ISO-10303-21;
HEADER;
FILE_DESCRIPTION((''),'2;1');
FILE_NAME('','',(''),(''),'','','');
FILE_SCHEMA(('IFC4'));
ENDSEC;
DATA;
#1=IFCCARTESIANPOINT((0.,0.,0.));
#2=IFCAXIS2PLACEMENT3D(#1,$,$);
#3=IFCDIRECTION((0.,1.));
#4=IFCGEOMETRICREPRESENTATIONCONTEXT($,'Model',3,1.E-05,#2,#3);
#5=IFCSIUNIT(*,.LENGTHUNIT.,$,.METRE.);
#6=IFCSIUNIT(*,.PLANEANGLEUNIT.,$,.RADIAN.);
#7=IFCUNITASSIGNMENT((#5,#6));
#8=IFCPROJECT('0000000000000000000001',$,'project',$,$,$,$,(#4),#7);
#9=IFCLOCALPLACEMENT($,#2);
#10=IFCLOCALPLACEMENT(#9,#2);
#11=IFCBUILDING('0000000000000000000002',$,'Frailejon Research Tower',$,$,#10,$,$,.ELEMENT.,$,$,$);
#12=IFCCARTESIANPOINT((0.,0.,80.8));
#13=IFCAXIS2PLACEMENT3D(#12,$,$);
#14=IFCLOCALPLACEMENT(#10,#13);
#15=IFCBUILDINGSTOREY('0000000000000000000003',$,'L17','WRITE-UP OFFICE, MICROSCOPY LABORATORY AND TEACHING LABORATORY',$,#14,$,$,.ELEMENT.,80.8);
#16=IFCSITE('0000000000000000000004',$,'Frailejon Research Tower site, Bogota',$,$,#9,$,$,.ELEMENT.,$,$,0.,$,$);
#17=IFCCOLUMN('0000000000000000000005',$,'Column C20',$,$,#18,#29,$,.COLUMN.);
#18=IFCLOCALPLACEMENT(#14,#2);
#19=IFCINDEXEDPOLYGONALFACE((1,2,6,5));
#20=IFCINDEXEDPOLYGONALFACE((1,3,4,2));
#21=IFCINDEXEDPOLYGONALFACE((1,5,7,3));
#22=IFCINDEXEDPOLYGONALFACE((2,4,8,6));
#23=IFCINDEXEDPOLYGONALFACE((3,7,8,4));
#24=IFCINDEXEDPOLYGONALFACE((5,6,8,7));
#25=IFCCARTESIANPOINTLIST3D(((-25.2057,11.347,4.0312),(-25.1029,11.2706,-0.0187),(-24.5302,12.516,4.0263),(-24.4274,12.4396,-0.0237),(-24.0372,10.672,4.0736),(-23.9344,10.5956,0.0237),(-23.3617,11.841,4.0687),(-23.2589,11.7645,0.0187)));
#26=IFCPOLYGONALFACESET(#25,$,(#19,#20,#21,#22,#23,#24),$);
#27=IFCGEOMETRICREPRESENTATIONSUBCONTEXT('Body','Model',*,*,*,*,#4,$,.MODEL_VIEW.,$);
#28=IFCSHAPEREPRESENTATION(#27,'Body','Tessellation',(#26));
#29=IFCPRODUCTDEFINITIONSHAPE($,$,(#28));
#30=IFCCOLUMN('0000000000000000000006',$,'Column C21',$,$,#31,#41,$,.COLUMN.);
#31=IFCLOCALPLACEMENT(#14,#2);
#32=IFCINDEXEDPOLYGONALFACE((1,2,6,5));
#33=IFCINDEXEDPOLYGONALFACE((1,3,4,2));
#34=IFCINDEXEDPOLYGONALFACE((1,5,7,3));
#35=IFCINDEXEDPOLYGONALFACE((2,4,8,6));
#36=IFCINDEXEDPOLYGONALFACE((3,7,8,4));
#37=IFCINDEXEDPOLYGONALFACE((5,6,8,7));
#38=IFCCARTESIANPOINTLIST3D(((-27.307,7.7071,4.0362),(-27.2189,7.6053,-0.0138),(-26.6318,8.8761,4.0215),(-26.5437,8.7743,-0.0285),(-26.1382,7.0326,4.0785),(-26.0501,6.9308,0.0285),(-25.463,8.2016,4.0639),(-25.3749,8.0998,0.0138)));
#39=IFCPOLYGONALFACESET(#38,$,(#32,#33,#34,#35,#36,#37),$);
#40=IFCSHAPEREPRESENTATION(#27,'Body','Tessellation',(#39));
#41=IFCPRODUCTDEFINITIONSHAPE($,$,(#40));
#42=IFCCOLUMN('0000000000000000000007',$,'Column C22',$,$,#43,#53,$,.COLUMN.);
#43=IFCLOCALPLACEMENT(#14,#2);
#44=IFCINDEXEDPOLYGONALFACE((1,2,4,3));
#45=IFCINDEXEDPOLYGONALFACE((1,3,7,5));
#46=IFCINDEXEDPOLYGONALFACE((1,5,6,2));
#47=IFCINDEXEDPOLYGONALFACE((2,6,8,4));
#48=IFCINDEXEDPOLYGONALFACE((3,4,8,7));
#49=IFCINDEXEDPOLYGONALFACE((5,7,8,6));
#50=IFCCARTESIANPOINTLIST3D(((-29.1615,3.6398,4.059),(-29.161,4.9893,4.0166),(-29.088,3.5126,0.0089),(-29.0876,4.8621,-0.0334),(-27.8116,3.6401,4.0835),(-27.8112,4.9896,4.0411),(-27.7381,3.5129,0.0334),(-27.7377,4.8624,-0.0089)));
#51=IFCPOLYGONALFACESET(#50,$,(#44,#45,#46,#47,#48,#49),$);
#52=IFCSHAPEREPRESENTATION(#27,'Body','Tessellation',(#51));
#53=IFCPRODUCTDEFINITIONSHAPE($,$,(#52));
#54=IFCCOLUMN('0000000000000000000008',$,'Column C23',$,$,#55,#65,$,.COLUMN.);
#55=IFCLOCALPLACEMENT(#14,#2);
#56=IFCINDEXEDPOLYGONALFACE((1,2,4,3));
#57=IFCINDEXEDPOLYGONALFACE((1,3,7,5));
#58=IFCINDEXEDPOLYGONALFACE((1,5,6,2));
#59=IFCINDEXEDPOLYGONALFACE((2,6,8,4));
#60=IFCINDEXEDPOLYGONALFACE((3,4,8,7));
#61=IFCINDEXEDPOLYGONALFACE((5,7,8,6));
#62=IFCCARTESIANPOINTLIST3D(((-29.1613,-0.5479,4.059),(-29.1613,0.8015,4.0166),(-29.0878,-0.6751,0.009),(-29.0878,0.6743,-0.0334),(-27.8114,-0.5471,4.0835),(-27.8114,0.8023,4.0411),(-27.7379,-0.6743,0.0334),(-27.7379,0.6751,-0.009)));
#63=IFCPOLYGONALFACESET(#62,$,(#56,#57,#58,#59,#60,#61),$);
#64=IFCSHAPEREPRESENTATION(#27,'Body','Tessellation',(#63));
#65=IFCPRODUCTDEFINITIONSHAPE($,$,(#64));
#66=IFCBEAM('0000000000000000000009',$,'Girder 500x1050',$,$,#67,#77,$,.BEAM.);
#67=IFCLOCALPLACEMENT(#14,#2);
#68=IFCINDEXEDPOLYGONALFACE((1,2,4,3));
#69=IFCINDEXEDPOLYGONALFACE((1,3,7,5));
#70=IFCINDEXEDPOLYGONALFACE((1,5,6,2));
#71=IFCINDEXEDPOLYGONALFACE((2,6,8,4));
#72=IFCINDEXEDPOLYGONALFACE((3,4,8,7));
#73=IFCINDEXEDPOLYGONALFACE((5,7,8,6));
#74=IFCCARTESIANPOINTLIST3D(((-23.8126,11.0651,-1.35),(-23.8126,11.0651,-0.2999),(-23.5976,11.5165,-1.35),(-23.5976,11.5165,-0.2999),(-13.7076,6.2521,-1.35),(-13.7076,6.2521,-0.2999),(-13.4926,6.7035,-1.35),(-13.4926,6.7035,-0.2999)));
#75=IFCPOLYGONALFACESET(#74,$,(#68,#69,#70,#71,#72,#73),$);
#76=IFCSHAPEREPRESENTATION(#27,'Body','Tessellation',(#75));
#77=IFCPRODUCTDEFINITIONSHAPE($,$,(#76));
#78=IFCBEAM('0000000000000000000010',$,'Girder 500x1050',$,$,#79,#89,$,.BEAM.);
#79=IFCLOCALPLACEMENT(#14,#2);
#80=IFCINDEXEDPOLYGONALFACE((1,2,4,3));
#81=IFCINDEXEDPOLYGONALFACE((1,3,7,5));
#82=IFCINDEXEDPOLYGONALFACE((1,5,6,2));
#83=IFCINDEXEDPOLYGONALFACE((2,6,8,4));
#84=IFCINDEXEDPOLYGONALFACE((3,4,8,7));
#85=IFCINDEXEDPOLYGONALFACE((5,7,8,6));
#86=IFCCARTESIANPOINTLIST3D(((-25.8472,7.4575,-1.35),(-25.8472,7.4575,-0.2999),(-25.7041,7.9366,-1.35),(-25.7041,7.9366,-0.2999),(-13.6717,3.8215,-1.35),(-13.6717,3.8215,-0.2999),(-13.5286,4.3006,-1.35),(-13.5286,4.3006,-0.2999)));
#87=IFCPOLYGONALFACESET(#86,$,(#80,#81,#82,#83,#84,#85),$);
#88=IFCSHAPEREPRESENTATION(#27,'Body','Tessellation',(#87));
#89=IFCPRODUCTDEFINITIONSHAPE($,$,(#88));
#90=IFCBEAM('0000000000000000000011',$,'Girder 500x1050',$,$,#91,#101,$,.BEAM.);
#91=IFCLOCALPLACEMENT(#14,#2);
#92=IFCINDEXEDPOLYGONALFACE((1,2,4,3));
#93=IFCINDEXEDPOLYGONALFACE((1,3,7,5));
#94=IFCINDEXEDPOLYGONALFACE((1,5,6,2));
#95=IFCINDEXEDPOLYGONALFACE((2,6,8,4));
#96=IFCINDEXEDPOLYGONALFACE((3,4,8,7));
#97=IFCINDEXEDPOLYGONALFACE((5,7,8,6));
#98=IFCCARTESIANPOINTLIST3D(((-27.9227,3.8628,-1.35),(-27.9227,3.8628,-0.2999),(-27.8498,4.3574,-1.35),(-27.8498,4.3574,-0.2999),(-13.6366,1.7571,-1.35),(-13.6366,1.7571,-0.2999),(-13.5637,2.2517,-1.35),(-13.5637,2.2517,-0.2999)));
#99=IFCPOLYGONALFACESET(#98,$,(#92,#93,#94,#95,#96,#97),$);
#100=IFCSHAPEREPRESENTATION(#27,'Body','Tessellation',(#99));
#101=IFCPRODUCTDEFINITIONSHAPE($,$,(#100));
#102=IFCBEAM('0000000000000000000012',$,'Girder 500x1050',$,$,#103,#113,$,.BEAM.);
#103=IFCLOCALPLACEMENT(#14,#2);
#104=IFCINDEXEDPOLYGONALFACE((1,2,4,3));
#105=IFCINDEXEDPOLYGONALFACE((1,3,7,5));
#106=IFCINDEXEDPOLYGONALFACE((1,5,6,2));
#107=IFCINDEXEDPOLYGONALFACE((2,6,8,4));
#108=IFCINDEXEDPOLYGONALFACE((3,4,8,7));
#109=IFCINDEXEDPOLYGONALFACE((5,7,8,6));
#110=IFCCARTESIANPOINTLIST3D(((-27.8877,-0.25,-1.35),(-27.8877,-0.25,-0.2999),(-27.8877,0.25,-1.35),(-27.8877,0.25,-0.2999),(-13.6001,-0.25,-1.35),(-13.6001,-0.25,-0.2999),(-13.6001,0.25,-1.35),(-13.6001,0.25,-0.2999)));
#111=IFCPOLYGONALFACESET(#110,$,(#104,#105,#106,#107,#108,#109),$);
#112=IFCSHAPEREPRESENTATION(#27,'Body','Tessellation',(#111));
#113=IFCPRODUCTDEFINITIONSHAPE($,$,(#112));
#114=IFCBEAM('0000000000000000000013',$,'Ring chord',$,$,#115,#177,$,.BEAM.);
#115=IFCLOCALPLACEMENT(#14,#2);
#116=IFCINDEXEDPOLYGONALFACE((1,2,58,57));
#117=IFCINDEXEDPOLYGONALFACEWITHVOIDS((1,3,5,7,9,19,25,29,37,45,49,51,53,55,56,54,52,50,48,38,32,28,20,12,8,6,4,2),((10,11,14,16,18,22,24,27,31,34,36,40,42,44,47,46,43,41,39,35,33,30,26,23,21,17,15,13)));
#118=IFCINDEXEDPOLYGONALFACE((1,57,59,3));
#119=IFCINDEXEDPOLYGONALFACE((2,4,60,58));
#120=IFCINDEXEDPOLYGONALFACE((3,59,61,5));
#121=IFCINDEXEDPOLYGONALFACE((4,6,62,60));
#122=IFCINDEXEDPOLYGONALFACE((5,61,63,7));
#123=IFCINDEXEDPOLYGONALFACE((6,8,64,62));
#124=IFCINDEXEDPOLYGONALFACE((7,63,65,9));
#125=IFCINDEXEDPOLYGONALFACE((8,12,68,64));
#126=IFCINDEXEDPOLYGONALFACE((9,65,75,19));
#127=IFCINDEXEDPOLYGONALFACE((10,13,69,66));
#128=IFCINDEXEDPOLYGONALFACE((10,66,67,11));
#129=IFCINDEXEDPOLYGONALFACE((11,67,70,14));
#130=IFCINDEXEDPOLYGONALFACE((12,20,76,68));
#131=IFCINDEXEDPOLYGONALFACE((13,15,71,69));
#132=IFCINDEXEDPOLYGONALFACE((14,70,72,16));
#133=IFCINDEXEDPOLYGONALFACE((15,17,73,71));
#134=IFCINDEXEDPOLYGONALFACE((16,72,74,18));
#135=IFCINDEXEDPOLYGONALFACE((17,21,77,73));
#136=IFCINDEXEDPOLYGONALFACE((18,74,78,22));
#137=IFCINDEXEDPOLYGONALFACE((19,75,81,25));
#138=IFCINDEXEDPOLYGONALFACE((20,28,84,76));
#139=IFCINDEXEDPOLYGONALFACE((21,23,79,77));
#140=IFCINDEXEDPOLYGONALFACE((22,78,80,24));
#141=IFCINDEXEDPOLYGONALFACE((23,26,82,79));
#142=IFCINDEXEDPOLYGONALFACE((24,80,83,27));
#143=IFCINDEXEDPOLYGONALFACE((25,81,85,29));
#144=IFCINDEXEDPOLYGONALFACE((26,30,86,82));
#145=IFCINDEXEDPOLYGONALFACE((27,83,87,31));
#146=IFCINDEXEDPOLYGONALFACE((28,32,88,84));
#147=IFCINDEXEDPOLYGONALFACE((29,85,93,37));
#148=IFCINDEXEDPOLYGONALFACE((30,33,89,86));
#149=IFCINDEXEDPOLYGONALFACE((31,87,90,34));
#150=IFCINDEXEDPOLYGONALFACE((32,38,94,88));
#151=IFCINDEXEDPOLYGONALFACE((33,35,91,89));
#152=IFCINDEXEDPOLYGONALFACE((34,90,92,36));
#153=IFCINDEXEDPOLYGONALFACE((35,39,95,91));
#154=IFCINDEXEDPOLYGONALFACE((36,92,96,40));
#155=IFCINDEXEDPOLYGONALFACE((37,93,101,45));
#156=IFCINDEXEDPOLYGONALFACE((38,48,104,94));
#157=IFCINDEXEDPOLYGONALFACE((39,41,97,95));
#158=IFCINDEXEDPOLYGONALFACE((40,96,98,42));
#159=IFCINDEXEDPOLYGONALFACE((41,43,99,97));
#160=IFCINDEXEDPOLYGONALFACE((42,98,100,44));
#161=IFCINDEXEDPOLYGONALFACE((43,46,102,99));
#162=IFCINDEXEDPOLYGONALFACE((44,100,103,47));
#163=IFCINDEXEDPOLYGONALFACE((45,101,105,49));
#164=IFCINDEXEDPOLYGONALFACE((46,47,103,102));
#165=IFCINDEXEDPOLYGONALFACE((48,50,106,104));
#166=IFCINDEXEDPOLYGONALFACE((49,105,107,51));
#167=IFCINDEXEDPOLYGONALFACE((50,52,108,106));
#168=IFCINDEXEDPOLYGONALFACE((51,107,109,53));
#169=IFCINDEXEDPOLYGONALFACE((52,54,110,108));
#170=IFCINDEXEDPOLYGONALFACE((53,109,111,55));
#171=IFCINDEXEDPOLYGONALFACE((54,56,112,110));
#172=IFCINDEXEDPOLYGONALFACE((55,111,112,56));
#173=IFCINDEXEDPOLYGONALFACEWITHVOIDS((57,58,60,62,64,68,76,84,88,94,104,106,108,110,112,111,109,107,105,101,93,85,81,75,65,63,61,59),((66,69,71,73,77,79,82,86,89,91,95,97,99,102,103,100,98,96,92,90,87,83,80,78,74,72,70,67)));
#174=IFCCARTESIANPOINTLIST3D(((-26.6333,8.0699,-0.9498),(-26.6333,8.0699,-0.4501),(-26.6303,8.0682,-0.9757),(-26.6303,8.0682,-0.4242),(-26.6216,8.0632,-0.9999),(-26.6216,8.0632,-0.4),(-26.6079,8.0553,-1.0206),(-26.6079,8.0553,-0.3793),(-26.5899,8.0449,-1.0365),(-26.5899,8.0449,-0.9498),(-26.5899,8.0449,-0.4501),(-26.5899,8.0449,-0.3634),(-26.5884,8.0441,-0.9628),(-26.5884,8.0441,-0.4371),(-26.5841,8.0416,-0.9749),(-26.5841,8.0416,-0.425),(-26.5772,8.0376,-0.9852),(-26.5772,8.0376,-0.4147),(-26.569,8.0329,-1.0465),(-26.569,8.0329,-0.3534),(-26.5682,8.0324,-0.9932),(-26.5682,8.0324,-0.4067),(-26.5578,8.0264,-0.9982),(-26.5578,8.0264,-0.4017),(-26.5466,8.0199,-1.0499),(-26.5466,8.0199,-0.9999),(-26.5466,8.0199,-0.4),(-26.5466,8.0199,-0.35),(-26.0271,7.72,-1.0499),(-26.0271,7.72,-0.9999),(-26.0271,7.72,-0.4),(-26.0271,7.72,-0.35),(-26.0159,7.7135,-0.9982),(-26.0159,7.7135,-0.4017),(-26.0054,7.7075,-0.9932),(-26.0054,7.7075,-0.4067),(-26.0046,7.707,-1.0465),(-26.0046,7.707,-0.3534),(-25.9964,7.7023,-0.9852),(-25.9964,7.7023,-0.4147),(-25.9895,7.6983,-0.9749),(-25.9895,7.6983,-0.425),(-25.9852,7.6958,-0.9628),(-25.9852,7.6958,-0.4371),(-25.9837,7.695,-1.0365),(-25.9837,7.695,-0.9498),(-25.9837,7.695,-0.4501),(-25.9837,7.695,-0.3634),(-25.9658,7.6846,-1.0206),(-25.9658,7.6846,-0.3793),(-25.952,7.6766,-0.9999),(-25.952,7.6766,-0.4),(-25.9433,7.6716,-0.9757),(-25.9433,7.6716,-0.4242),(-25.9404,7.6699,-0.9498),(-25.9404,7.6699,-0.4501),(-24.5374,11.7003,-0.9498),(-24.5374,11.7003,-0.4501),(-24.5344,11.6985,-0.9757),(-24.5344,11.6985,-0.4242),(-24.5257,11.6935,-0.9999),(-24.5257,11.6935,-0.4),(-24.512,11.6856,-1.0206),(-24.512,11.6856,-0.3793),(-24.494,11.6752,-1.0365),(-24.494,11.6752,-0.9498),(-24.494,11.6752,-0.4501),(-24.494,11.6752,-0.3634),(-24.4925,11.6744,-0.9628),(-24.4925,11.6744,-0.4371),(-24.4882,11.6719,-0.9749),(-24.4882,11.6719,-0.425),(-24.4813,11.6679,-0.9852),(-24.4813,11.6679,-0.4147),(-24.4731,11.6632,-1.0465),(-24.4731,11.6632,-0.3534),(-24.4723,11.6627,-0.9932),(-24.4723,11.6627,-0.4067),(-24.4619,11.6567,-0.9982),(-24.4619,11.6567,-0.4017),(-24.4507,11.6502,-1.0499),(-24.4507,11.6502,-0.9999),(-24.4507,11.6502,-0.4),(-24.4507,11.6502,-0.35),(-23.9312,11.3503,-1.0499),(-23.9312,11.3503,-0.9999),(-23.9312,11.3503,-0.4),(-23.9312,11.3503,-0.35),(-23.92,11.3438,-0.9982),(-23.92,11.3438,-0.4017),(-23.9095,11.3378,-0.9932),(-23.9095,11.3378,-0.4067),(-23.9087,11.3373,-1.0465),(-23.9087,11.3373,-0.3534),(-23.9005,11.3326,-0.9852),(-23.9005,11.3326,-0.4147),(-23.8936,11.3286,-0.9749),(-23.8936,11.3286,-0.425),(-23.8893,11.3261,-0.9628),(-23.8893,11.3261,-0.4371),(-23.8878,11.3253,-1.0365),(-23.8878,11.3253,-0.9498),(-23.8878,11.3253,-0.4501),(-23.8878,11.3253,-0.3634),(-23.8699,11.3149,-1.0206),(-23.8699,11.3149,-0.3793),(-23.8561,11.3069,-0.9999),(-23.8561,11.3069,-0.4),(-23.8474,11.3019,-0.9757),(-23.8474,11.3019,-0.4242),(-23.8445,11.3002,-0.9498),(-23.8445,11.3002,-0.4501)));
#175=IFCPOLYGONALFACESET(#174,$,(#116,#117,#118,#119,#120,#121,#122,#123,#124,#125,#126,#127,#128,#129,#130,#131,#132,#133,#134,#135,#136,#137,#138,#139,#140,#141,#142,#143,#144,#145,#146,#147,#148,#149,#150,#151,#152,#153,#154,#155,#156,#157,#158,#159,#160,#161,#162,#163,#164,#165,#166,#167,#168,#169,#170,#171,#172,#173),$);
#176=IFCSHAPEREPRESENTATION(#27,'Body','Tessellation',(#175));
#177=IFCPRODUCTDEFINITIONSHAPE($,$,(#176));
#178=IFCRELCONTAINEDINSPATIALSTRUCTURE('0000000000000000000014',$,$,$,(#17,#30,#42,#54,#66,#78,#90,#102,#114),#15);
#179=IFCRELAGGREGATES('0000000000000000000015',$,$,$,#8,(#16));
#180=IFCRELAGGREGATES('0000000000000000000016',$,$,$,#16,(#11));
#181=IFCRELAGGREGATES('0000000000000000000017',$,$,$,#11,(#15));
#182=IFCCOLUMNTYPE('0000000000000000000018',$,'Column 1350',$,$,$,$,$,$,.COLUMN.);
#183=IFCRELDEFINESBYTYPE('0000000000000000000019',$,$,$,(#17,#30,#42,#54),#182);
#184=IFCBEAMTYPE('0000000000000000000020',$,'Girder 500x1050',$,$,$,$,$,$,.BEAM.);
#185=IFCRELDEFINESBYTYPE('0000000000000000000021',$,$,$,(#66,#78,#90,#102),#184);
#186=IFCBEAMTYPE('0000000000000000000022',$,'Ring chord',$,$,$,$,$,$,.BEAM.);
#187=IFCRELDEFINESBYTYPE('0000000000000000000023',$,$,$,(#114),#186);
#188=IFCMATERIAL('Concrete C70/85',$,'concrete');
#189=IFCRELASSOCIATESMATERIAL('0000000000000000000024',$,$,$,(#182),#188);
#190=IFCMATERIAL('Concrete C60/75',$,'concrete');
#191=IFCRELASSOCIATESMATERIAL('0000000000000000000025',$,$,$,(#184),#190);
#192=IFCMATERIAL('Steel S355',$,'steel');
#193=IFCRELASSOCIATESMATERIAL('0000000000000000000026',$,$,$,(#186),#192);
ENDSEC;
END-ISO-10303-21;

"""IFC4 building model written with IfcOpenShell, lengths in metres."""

from ifc_helpers import new_model, si_unit, direction, frame, origin, origin_2d, place, context, subcontext, project, spatial, rectangle, hollow_rectangle, extrude, material, material_profile, profile_set, type_object, element, save


model = new_model("IFC4")

# Units and contexts
model_context = context("Model", 3, precision=1e-05, world=origin(), true_north=direction((0.0, 1.0)))
body_context = subcontext(model_context, "Body", "Model", "MODEL_VIEW")
ifc_project = project(units=[si_unit("LENGTHUNIT", "METRE"), si_unit("PLANEANGLEUNIT", "RADIAN")], contexts=[model_context])

# Site, building, storey
site_placement = place(None, origin())
site = spatial("IfcSite", under=ifc_project, at=site_placement, Name="Frailejon Research Tower site, Bogota", CompositionType="ELEMENT", RefElevation=0.0)
building_placement = place(site_placement, origin())
building = spatial("IfcBuilding", under=site, at=building_placement, Name="Frailejon Research Tower", CompositionType="ELEMENT")
storey_placement = place(building_placement, frame((0.0, 0.0, 80.8)))
storey = spatial("IfcBuildingStorey", under=building, at=storey_placement, Name="L17", Description="WRITE-UP OFFICE, MICROSCOPY LABORATORY AND TEACHING LABORATORY", CompositionType="ELEMENT", Elevation=80.8)

# Columns
ifc_material_1 = material(Name="Concrete C70/85", Category="concrete")
ifc_material_profile_1 = material_profile(ifc_material_1, rectangle(XDim=1.3501, YDim=1.3501, at=origin_2d()), Name="Column 1350")
ifc_profile_set_1 = profile_set([ifc_material_profile_1], Name="Concrete C70/85")
column_type = type_object("IfcColumnType", Name="Column 1350", PredefinedType="COLUMN", material=ifc_profile_set_1)
column_1_placement = place(storey_placement, frame((-24.1809, 11.5176, 0.0), z_axis=(-0.025366, 0.018858, 0.9995), x_axis=(-0.500322, -0.865832, 0.003639)))
element("IfcColumn", 1, at=column_1_placement, inside=storey, type_object=column_type, Name="Column C20", PredefinedType="COLUMN", context=body_context, shape_type="SweptSolid", body=[
    extrude(rectangle(XDim=1.3501, YDim=1.3501, at=origin_2d()), origin(), (0.0, 0.0, 1.0), 4.052),
])
column_2_placement = place(storey_placement, frame((-26.2969, 7.8525, 0.0), z_axis=(-0.021749, 0.025123, 0.999448), x_axis=(-0.500116, -0.86589, 0.010883)))
element("IfcColumn", 2, at=column_2_placement, inside=storey, type_object=column_type, Name="Column C21", PredefinedType="COLUMN", context=body_context, shape_type="SweptSolid", body=[
    extrude(rectangle(XDim=1.3501, YDim=1.3501, at=origin_2d()), origin(), (0.0, 0.0, 1.0), 4.0522),
])
for number, where, z_axis, x_axis, name in (
    (3, (-28.4128, 4.1875, 0.0), (-0.018133, 0.031386, 0.999343), (-0.000336, -0.999507, 0.031385), "Column C22"),
    (4, (-28.4128, 0.0, 0.0), (-0.018133, 0.031386, 0.999343), (-0.000022, -0.999507, 0.03139), "Column C23"),
):
    element("IfcColumn", number, at=place(storey_placement, frame(where, z_axis=z_axis, x_axis=x_axis)), inside=storey, type_object=column_type, Name=name, PredefinedType="COLUMN", context=body_context, shape_type="SweptSolid", body=[
        extrude(rectangle(XDim=1.3501, YDim=1.3501, at=origin_2d()), origin(), (0.0, 0.0, 1.0), 4.0527),
    ])

# Beams
ifc_material_2 = material(Name="Concrete C60/75", Category="concrete")
ifc_material_profile_2 = material_profile(ifc_material_2, rectangle(XDim=0.5, YDim=1.05, at=origin_2d()), Name="Girder 500x1050")
ifc_profile_set_2 = profile_set([ifc_material_profile_2], Name="Concrete C60/75")
beam_type_1 = type_object("IfcBeamType", Name="Girder 500x1050", PredefinedType="BEAM", material=ifc_profile_set_2)
beam_1_placement = place(storey_placement, frame((-23.7051, 11.2908, -0.825), z_axis=(0.902823, -0.430013, 0.0), x_axis=(0.430013, 0.902823, 0.0)))
element("IfcBeam", 5, at=beam_1_placement, inside=storey, type_object=beam_type_1, Name="Girder 500x1050", PredefinedType="BEAM", context=body_context, shape_type="SweptSolid", body=[
    extrude(rectangle(XDim=0.5, YDim=1.05, at=origin_2d()), origin(), (0.0, 0.0, 1.0), 11.1926),
])
beam_2_placement = place(storey_placement, frame((-25.7756, 7.697, -0.825), z_axis=(0.958187, -0.286144, 0.0), x_axis=(0.286144, 0.958187, 0.0)))
element("IfcBeam", 6, at=beam_2_placement, inside=storey, type_object=beam_type_1, Name="Girder 500x1050", PredefinedType="BEAM", context=body_context, shape_type="SweptSolid", body=[
    extrude(rectangle(XDim=0.5, YDim=1.05, at=origin_2d()), origin(), (0.0, 0.0, 1.0), 12.7068),
])
beam_3_placement = place(storey_placement, frame((-27.8862, 4.1101, -0.825), z_axis=(0.989311, -0.14582, 0.0), x_axis=(0.14582, 0.989311, 0.0)))
element("IfcBeam", 7, at=beam_3_placement, inside=storey, type_object=beam_type_1, Name="Girder 500x1050", PredefinedType="BEAM", context=body_context, shape_type="SweptSolid", body=[
    extrude(rectangle(XDim=0.5, YDim=1.05, at=origin_2d()), origin(), (0.0, 0.0, 1.0), 14.4404),
])
beam_4_placement = place(storey_placement, frame((-27.8877, 0.0, -0.825), z_axis=(1.0, 0.0, 0.0), x_axis=(0.0, 1.0, 0.0)))
element("IfcBeam", 8, at=beam_4_placement, inside=storey, type_object=beam_type_1, Name="Girder 500x1050", PredefinedType="BEAM", context=body_context, shape_type="SweptSolid", body=[
    extrude(rectangle(XDim=0.5, YDim=1.05, at=origin_2d()), origin(), (0.0, 0.0, 1.0), 14.2876),
])
ifc_material_3 = material(Name="Steel S355", Category="steel")
ifc_material_profile_3 = material_profile(ifc_material_3, hollow_rectangle(XDim=0.8, YDim=0.7, WallThickness=0.05, InnerFilletRadius=0.05, OuterFilletRadius=0.1001, at=origin_2d()), Name="Ring chord")
ifc_profile_set_3 = profile_set([ifc_material_profile_3], Name="Steel S355")
beam_type_2 = type_object("IfcBeamType", Name="Ring chord", PredefinedType="BEAM", material=ifc_profile_set_3)
for number, where, z_axis, x_axis, name in (
    (9, (-24.1909, 11.5002, -0.7), (-0.499991, -0.86603, 0.0), (0.86603, -0.499991, 0.0), "Ring chord"),
):
    element("IfcBeam", number, at=place(storey_placement, frame(where, z_axis=z_axis, x_axis=x_axis)), inside=storey, type_object=beam_type_2, Name=name, PredefinedType="BEAM", context=body_context, shape_type="SweptSolid", body=[
        extrude(hollow_rectangle(XDim=0.8, YDim=0.7, WallThickness=0.05, InnerFilletRadius=0.05, OuterFilletRadius=0.1001, at=origin_2d()), origin(), (0.0, 0.0, 1.0), 4.1919),
    ])

save(model, "model.ifc")
